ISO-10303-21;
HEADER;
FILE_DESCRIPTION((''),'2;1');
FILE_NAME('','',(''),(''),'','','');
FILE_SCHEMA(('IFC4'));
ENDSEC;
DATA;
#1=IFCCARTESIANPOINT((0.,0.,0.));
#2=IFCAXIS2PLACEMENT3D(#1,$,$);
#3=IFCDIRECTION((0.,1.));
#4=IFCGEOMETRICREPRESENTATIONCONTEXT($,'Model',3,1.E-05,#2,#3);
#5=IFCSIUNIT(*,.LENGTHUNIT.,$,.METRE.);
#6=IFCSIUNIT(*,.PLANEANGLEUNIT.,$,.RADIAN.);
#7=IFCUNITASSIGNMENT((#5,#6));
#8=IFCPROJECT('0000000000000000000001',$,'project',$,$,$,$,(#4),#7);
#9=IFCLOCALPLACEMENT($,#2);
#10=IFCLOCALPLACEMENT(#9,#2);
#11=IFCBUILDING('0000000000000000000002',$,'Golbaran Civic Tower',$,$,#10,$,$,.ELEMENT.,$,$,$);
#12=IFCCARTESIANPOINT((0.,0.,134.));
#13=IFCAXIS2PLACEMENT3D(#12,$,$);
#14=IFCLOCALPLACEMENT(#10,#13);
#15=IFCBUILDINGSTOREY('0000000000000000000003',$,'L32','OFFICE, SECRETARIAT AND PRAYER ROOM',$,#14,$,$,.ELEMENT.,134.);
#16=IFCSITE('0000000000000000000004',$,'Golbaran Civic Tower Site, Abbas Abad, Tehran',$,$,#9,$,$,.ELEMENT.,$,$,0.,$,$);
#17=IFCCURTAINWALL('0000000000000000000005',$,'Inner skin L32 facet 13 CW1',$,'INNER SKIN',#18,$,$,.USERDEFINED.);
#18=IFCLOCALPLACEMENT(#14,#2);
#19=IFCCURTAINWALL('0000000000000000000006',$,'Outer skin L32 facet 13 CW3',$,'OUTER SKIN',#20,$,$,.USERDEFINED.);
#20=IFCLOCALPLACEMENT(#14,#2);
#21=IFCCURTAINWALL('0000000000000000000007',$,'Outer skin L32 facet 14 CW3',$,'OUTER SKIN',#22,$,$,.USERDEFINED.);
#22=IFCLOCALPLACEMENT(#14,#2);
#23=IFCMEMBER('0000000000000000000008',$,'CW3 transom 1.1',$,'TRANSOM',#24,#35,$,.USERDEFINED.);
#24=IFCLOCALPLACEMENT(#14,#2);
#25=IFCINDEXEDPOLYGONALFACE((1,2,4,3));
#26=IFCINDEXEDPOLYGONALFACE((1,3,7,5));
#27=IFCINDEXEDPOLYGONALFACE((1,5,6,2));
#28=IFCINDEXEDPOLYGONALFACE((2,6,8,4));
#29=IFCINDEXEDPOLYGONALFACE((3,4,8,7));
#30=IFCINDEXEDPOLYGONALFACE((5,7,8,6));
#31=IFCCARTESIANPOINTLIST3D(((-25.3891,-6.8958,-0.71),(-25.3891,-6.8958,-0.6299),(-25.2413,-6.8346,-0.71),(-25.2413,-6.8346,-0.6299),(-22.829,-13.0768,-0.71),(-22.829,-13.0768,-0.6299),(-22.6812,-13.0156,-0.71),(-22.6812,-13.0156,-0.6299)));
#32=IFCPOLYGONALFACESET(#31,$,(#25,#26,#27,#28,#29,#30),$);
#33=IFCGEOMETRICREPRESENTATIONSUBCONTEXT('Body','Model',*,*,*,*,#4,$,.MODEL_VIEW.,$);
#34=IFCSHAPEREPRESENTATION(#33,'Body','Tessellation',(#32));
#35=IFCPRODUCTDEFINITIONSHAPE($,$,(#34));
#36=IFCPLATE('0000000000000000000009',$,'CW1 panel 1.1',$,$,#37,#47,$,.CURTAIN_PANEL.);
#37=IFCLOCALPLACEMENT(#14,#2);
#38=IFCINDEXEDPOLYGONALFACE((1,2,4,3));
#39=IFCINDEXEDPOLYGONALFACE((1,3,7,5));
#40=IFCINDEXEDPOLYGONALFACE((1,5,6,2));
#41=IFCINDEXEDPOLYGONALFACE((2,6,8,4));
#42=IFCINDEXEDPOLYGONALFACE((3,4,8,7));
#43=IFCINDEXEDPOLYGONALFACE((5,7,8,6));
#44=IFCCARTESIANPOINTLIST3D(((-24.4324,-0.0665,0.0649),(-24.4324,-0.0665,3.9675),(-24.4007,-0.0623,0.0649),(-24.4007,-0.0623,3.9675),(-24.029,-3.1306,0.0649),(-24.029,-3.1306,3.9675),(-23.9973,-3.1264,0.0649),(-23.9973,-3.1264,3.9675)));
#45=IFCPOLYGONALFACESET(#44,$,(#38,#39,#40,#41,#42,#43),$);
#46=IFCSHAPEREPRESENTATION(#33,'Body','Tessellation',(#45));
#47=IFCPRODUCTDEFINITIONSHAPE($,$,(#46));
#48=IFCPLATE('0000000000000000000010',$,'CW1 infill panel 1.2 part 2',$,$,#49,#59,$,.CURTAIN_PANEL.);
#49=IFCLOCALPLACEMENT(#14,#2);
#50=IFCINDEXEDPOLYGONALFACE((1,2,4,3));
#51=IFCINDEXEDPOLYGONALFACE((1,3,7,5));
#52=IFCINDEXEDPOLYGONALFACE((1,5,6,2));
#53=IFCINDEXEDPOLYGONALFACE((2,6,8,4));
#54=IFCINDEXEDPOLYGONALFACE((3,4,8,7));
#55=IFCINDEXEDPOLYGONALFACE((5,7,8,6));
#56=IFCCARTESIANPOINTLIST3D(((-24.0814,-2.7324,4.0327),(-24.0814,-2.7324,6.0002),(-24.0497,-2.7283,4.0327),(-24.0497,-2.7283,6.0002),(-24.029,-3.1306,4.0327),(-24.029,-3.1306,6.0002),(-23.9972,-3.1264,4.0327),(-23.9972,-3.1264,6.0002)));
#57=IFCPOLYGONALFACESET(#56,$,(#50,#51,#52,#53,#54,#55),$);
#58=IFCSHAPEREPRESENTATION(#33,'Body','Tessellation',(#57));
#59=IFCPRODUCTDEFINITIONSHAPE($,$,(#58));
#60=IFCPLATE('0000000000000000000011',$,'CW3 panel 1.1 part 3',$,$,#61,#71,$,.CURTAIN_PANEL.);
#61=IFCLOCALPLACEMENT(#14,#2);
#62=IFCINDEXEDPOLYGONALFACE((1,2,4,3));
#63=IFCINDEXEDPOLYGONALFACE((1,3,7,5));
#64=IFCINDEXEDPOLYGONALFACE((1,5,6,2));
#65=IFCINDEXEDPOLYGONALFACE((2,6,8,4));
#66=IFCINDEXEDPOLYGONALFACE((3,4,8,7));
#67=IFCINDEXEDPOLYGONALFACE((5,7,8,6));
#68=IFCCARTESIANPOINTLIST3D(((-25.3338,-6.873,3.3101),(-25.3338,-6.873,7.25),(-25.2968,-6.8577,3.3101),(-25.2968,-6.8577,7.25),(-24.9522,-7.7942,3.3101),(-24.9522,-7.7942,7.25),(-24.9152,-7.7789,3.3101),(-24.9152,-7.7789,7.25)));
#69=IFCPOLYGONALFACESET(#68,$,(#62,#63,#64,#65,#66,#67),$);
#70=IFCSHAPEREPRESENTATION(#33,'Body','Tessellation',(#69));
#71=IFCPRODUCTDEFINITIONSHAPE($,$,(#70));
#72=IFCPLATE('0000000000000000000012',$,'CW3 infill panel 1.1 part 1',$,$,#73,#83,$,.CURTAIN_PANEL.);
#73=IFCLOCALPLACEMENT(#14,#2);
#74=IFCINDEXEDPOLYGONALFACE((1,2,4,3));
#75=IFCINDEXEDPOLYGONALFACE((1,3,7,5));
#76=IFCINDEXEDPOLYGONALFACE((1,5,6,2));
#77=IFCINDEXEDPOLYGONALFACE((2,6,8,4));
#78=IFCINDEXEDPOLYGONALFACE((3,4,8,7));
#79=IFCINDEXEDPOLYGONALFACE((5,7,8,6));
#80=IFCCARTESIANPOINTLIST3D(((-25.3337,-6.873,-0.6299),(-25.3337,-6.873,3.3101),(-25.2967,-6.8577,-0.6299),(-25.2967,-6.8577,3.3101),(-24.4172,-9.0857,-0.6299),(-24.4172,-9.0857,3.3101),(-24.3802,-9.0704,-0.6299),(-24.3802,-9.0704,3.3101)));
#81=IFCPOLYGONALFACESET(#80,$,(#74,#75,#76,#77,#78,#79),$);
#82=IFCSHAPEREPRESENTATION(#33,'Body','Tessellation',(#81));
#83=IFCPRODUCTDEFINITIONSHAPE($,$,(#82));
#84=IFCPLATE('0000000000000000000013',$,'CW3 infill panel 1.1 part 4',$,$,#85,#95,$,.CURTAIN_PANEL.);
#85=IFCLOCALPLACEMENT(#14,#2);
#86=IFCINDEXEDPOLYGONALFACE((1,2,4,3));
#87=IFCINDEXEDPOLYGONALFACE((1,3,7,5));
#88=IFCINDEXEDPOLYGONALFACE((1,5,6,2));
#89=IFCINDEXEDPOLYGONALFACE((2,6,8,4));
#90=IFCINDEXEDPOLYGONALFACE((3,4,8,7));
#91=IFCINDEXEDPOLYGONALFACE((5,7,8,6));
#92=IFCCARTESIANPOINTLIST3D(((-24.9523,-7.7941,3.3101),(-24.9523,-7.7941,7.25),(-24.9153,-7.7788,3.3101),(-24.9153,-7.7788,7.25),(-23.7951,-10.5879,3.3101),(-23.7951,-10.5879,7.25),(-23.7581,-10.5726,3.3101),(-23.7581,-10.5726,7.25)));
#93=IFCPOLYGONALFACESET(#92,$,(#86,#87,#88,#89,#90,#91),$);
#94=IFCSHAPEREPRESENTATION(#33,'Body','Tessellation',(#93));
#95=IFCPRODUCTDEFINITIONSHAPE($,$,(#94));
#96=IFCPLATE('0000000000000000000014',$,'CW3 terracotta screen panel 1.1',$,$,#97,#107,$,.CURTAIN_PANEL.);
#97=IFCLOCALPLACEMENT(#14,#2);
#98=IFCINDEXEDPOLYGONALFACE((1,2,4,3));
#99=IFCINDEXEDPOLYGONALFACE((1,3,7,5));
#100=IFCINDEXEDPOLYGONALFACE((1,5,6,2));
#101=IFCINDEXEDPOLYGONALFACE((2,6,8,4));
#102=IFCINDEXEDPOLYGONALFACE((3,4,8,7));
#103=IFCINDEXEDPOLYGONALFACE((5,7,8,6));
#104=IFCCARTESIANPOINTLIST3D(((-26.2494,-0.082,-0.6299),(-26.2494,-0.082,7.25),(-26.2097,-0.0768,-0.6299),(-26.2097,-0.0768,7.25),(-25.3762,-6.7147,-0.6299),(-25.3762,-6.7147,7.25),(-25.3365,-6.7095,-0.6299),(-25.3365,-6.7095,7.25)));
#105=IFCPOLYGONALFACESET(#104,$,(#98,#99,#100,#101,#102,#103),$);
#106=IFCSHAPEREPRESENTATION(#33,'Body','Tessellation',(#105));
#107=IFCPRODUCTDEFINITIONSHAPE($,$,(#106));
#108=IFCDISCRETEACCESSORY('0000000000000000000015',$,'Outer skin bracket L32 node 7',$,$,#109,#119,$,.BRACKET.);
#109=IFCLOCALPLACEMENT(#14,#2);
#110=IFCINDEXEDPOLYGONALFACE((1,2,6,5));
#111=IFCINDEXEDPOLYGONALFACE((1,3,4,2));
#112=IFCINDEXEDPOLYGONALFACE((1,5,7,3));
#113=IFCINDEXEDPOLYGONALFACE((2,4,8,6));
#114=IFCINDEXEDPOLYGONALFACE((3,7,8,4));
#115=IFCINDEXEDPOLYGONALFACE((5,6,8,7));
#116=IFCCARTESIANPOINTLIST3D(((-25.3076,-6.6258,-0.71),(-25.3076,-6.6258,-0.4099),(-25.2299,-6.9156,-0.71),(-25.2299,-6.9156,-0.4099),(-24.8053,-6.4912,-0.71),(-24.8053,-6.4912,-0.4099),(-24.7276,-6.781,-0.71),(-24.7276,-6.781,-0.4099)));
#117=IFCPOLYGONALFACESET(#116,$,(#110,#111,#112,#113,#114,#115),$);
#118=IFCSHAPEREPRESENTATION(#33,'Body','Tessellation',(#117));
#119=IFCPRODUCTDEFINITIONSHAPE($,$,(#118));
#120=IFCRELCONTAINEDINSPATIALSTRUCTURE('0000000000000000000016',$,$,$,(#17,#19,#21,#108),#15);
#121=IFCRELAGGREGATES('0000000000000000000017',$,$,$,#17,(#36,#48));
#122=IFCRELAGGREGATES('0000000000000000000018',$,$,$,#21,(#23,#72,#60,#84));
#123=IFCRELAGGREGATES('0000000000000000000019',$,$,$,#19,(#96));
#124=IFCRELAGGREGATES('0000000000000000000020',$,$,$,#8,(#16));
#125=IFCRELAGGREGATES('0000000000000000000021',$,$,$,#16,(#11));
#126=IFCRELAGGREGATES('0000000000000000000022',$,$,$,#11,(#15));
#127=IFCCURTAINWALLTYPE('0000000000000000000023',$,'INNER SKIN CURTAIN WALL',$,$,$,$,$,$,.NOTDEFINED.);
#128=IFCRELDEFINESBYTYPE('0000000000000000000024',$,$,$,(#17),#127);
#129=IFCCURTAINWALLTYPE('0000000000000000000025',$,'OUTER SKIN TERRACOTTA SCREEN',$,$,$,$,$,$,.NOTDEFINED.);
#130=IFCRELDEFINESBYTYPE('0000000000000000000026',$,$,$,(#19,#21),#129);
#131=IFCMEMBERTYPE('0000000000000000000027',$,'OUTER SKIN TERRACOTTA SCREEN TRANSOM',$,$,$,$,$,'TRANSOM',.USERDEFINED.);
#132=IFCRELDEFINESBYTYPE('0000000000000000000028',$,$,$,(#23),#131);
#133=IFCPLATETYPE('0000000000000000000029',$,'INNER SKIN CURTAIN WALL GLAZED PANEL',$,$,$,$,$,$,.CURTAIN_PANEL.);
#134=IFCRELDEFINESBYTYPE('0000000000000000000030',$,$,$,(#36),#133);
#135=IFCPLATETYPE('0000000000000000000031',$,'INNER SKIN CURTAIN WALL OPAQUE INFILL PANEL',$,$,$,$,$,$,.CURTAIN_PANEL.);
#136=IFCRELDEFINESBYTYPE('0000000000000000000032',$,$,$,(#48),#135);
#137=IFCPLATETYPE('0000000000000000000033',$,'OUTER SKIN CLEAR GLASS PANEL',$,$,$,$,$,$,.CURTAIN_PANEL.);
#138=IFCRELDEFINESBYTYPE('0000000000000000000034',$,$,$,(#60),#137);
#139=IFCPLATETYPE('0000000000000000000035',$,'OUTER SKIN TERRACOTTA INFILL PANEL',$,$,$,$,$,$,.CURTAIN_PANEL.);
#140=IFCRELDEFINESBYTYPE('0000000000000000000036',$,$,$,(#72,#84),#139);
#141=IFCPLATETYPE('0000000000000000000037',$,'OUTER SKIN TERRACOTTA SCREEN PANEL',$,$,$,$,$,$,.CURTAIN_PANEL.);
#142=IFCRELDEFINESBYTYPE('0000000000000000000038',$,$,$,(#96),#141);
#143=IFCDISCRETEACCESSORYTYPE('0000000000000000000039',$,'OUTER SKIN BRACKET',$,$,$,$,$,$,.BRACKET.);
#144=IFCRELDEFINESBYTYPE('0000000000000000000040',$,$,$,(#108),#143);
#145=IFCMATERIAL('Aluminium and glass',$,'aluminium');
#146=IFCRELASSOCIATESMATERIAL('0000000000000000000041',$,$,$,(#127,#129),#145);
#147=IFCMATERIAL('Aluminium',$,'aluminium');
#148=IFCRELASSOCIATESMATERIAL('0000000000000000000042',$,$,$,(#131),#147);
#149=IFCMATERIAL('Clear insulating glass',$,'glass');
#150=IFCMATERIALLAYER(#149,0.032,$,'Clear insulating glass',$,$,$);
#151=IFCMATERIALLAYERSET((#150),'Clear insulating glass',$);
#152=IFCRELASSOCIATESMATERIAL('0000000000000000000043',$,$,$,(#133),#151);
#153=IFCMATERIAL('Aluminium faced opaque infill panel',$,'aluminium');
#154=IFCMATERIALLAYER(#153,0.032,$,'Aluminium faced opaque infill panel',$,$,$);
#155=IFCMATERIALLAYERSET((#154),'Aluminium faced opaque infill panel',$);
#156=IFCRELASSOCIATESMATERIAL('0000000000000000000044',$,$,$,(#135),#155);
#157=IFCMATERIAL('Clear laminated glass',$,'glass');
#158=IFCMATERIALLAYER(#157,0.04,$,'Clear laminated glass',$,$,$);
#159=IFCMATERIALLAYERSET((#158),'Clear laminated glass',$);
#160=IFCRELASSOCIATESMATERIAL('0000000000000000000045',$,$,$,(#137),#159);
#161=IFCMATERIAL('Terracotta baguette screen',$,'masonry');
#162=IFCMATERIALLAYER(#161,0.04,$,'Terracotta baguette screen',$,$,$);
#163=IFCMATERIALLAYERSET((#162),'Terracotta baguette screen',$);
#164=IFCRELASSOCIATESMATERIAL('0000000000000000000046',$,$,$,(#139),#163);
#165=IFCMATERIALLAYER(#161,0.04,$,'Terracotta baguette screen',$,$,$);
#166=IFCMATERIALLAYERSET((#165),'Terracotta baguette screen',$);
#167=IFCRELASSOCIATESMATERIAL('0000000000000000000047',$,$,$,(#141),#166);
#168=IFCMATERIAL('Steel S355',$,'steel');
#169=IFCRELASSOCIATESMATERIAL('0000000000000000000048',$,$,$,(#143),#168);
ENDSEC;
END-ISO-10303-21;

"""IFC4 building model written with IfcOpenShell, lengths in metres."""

from ifc_helpers import new_model, si_unit, direction, frame, origin, origin_2d, place, context, subcontext, project, spatial, rectangle, extrude, material, layer, layer_set, material_profile, profile_set, type_object, element, aggregate, save


model = new_model("IFC4")

# Units and contexts
model_context = context("Model", 3, precision=1e-05, world=origin(), true_north=direction((0.0, 1.0)))
body_context = subcontext(model_context, "Body", "Model", "MODEL_VIEW")
ifc_project = project(units=[si_unit("LENGTHUNIT", "METRE"), si_unit("PLANEANGLEUNIT", "RADIAN")], contexts=[model_context])

# Site, building, storey
site_placement = place(None, origin())
site = spatial("IfcSite", under=ifc_project, at=site_placement, Name="Golbaran Civic Tower Site, Abbas Abad, Tehran", CompositionType="ELEMENT", RefElevation=0.0)
building_placement = place(site_placement, origin())
building = spatial("IfcBuilding", under=site, at=building_placement, Name="Golbaran Civic Tower", CompositionType="ELEMENT")
storey_placement = place(building_placement, frame((0.0, 0.0, 134.0)))
storey = spatial("IfcBuildingStorey", under=building, at=storey_placement, Name="L32", Description="OFFICE, SECRETARIAT AND PRAYER ROOM", CompositionType="ELEMENT", Elevation=134.0)

# Shared definitions
ifc_material_1 = material(Name="Steel S355", Category="steel")

# Curtain walls
ifc_material_2 = material(Name="Aluminium and glass", Category="aluminium")
curtain_wall_type_1 = type_object("IfcCurtainWallType", Name="INNER SKIN CURTAIN WALL", PredefinedType="NOTDEFINED", material=ifc_material_2)
curtain_wall_1_placement = place(storey_placement, origin())
curtain_wall_1 = element("IfcCurtainWall", 1, at=curtain_wall_1_placement, inside=storey, type_object=curtain_wall_type_1, Name="Inner skin L32 facet 13 CW1", ObjectType="INNER SKIN", PredefinedType="USERDEFINED")
ifc_material_3 = material(Name="Aluminium", Category="aluminium")
curtain_wall_type_2 = type_object("IfcCurtainWallType", Name="OUTER SKIN TERRACOTTA SCREEN", PredefinedType="NOTDEFINED", material=ifc_material_2)
curtain_wall_2_placement = place(storey_placement, origin())
curtain_wall_2 = element("IfcCurtainWall", 2, at=curtain_wall_2_placement, inside=storey, type_object=curtain_wall_type_2, Name="Outer skin L32 facet 13 CW3", ObjectType="OUTER SKIN", PredefinedType="USERDEFINED")

# Curtain wall
curtain_wall_3_placement = place(storey_placement, origin())
curtain_wall_3 = element("IfcCurtainWall", 3, at=curtain_wall_3_placement, inside=storey, type_object=curtain_wall_type_2, Name="Outer skin L32 facet 14 CW3", ObjectType="OUTER SKIN", PredefinedType="USERDEFINED")

# Member
ifc_material_profile_1 = material_profile(ifc_material_3, rectangle(XDim=0.1599, YDim=0.0801, at=origin_2d()), Name="OUTER SKIN TERRACOTTA SCREEN TRANSOM")
ifc_profile_set_1 = profile_set([ifc_material_profile_1], Name="Aluminium")
member_type_1 = type_object("IfcMemberType", Name="OUTER SKIN TERRACOTTA SCREEN TRANSOM", ElementType="TRANSOM", PredefinedType="USERDEFINED", material=ifc_profile_set_1)
member_1_placement = place(storey_placement, frame((-25.3152, -6.8652, -0.6699), z_axis=(0.382663, -0.923888, 0.0), x_axis=(0.923888, 0.382663, 0.0)))
member_1 = element("IfcMember", 4, at=member_1_placement, type_object=member_type_1, Name="CW3 transom 1.1", ObjectType="TRANSOM", PredefinedType="USERDEFINED", context=body_context, shape_type="SweptSolid", body=[
    extrude(rectangle(XDim=0.1599, YDim=0.0801, at=origin_2d()), origin(), (0.0, 0.0, 1.0), 6.6902),
])

# Plates
ifc_material_4 = material(Name="Clear insulating glass", Category="glass")
ifc_layer_1 = layer(ifc_material_4, 0.032, Name="Clear insulating glass")
ifc_layer_set_1 = layer_set([ifc_layer_1], Name="Clear insulating glass")
plate_type_1 = type_object("IfcPlateType", Name="INNER SKIN CURTAIN WALL GLAZED PANEL", PredefinedType="CURTAIN_PANEL", material=ifc_layer_set_1)
plate_1_placement = place(storey_placement, frame((-24.2148, -1.5964, 0.0649), z_axis=(0.0, 0.0, 1.0), x_axis=(0.130526, -0.991445, 0.0)))
plate_1 = element("IfcPlate", 5, at=plate_1_placement, type_object=plate_type_1, Name="CW1 panel 1.1", PredefinedType="CURTAIN_PANEL", context=body_context, shape_type="SweptSolid", body=[
    extrude(rectangle(XDim=3.0906, YDim=0.032, at=origin_2d()), origin(), (0.0, 0.0, 1.0), 3.9026),
])
ifc_material_5 = material(Name="Aluminium faced opaque infill panel", Category="aluminium")
ifc_layer_2 = layer(ifc_material_5, 0.032, Name="Aluminium faced opaque infill panel")
ifc_layer_set_2 = layer_set([ifc_layer_2], Name="Aluminium faced opaque infill panel")
plate_type_2 = type_object("IfcPlateType", Name="INNER SKIN CURTAIN WALL OPAQUE INFILL PANEL", PredefinedType="CURTAIN_PANEL", material=ifc_layer_set_2)
plate_2_placement = place(storey_placement, frame((-24.0393, -2.9294, 4.0327), z_axis=(0.0, 0.0, 1.0), x_axis=(0.130526, -0.991445, 0.0)))
plate_2 = element("IfcPlate", 6, at=plate_2_placement, type_object=plate_type_2, Name="CW1 infill panel 1.2 part 2", PredefinedType="CURTAIN_PANEL", context=body_context, shape_type="SweptSolid", body=[
    extrude(rectangle(XDim=0.4016, YDim=0.032, at=origin_2d()), origin(), (0.0, 0.0, 1.0), 1.9675),
])
aggregate(curtain_wall_1, [plate_1, plate_2])
ifc_material_6 = material(Name="Clear laminated glass", Category="glass")
ifc_layer_3 = layer(ifc_material_6, 0.04, Name="Clear laminated glass")
ifc_layer_set_3 = layer_set([ifc_layer_3], Name="Clear laminated glass")
plate_type_3 = type_object("IfcPlateType", Name="OUTER SKIN CLEAR GLASS PANEL", PredefinedType="CURTAIN_PANEL", material=ifc_layer_set_3)
plate_3_placement = place(storey_placement, frame((-25.1245, -7.3259, 3.3101), z_axis=(0.0, 0.0, 1.0), x_axis=(0.382683, -0.92388, 0.0)))
plate_3 = element("IfcPlate", 7, at=plate_3_placement, type_object=plate_type_3, Name="CW3 panel 1.1 part 3", PredefinedType="CURTAIN_PANEL", context=body_context, shape_type="SweptSolid", body=[
    extrude(rectangle(XDim=0.9971, YDim=0.04, at=origin_2d()), origin(), (0.0, 0.0, 1.0), 3.9399),
])
ifc_material_7 = material(Name="Terracotta baguette screen", Category="masonry")
ifc_layer_4 = layer(ifc_material_7, 0.04, Name="Terracotta baguette screen")
ifc_layer_set_4 = layer_set([ifc_layer_4], Name="Terracotta baguette screen")
plate_type_4 = type_object("IfcPlateType", Name="OUTER SKIN TERRACOTTA INFILL PANEL", PredefinedType="CURTAIN_PANEL", material=ifc_layer_set_4)
plate_4_placement = place(storey_placement, frame((-24.8569, -7.9717, -0.6299), z_axis=(0.0, 0.0, 1.0), x_axis=(0.382683, -0.92388, 0.0)))
plate_4 = element("IfcPlate", 8, at=plate_4_placement, type_object=plate_type_4, Name="CW3 infill panel 1.1 part 1", PredefinedType="CURTAIN_PANEL", context=body_context, shape_type="SweptSolid", body=[
    extrude(rectangle(XDim=2.395, YDim=0.04, at=origin_2d()), origin(), (0.0, 0.0, 1.0), 3.9399),
])
plate_5_placement = place(storey_placement, frame((-24.3552, -9.1833, 3.3101), z_axis=(0.0, 0.0, 1.0), x_axis=(0.382683, -0.92388, 0.0)))
plate_5 = element("IfcPlate", 9, at=plate_5_placement, type_object=plate_type_4, Name="CW3 infill panel 1.1 part 4", PredefinedType="CURTAIN_PANEL", context=body_context, shape_type="SweptSolid", body=[
    extrude(rectangle(XDim=3.0239, YDim=0.04, at=origin_2d()), origin(), (0.0, 0.0, 1.0), 3.9399),
])
aggregate(curtain_wall_3, [member_1, plate_4, plate_3, plate_5])
ifc_layer_5 = layer(ifc_material_7, 0.04, Name="Terracotta baguette screen")
ifc_layer_set_5 = layer_set([ifc_layer_5], Name="Terracotta baguette screen")
plate_type_5 = type_object("IfcPlateType", Name="OUTER SKIN TERRACOTTA SCREEN PANEL", PredefinedType="CURTAIN_PANEL", material=ifc_layer_set_5)
plate_6_placement = place(storey_placement, frame((-25.793, -3.3958, -0.6299), z_axis=(0.0, 0.0, 1.0), x_axis=(0.130526, -0.991445, 0.0)))
plate_6 = element("IfcPlate", 10, at=plate_6_placement, type_object=plate_type_5, Name="CW3 terracotta screen panel 1.1", PredefinedType="CURTAIN_PANEL", context=body_context, shape_type="SweptSolid", body=[
    extrude(rectangle(XDim=6.6899, YDim=0.04, at=origin_2d()), origin(), (0.0, 0.0, 1.0), 7.8799),
])
aggregate(curtain_wall_2, [plate_6])

# Discrete accessory
discrete_accessory_type = type_object("IfcDiscreteAccessoryType", Name="OUTER SKIN BRACKET", PredefinedType="BRACKET", material=ifc_material_1)
discrete_accessory_placement = place(storey_placement, frame((-25.0176, -6.7034, -0.71), z_axis=(0.0, 0.0, 1.0), x_axis=(-0.965926, -0.258819, 0.0)))
element("IfcDiscreteAccessory", 11, at=discrete_accessory_placement, inside=storey, type_object=discrete_accessory_type, Name="Outer skin bracket L32 node 7", PredefinedType="BRACKET", context=body_context, shape_type="SweptSolid", body=[
    extrude(rectangle(XDim=0.52, YDim=0.3, at=origin_2d()), origin(), (0.0, 0.0, 1.0), 0.3),
])

save(model, "model.ifc")
